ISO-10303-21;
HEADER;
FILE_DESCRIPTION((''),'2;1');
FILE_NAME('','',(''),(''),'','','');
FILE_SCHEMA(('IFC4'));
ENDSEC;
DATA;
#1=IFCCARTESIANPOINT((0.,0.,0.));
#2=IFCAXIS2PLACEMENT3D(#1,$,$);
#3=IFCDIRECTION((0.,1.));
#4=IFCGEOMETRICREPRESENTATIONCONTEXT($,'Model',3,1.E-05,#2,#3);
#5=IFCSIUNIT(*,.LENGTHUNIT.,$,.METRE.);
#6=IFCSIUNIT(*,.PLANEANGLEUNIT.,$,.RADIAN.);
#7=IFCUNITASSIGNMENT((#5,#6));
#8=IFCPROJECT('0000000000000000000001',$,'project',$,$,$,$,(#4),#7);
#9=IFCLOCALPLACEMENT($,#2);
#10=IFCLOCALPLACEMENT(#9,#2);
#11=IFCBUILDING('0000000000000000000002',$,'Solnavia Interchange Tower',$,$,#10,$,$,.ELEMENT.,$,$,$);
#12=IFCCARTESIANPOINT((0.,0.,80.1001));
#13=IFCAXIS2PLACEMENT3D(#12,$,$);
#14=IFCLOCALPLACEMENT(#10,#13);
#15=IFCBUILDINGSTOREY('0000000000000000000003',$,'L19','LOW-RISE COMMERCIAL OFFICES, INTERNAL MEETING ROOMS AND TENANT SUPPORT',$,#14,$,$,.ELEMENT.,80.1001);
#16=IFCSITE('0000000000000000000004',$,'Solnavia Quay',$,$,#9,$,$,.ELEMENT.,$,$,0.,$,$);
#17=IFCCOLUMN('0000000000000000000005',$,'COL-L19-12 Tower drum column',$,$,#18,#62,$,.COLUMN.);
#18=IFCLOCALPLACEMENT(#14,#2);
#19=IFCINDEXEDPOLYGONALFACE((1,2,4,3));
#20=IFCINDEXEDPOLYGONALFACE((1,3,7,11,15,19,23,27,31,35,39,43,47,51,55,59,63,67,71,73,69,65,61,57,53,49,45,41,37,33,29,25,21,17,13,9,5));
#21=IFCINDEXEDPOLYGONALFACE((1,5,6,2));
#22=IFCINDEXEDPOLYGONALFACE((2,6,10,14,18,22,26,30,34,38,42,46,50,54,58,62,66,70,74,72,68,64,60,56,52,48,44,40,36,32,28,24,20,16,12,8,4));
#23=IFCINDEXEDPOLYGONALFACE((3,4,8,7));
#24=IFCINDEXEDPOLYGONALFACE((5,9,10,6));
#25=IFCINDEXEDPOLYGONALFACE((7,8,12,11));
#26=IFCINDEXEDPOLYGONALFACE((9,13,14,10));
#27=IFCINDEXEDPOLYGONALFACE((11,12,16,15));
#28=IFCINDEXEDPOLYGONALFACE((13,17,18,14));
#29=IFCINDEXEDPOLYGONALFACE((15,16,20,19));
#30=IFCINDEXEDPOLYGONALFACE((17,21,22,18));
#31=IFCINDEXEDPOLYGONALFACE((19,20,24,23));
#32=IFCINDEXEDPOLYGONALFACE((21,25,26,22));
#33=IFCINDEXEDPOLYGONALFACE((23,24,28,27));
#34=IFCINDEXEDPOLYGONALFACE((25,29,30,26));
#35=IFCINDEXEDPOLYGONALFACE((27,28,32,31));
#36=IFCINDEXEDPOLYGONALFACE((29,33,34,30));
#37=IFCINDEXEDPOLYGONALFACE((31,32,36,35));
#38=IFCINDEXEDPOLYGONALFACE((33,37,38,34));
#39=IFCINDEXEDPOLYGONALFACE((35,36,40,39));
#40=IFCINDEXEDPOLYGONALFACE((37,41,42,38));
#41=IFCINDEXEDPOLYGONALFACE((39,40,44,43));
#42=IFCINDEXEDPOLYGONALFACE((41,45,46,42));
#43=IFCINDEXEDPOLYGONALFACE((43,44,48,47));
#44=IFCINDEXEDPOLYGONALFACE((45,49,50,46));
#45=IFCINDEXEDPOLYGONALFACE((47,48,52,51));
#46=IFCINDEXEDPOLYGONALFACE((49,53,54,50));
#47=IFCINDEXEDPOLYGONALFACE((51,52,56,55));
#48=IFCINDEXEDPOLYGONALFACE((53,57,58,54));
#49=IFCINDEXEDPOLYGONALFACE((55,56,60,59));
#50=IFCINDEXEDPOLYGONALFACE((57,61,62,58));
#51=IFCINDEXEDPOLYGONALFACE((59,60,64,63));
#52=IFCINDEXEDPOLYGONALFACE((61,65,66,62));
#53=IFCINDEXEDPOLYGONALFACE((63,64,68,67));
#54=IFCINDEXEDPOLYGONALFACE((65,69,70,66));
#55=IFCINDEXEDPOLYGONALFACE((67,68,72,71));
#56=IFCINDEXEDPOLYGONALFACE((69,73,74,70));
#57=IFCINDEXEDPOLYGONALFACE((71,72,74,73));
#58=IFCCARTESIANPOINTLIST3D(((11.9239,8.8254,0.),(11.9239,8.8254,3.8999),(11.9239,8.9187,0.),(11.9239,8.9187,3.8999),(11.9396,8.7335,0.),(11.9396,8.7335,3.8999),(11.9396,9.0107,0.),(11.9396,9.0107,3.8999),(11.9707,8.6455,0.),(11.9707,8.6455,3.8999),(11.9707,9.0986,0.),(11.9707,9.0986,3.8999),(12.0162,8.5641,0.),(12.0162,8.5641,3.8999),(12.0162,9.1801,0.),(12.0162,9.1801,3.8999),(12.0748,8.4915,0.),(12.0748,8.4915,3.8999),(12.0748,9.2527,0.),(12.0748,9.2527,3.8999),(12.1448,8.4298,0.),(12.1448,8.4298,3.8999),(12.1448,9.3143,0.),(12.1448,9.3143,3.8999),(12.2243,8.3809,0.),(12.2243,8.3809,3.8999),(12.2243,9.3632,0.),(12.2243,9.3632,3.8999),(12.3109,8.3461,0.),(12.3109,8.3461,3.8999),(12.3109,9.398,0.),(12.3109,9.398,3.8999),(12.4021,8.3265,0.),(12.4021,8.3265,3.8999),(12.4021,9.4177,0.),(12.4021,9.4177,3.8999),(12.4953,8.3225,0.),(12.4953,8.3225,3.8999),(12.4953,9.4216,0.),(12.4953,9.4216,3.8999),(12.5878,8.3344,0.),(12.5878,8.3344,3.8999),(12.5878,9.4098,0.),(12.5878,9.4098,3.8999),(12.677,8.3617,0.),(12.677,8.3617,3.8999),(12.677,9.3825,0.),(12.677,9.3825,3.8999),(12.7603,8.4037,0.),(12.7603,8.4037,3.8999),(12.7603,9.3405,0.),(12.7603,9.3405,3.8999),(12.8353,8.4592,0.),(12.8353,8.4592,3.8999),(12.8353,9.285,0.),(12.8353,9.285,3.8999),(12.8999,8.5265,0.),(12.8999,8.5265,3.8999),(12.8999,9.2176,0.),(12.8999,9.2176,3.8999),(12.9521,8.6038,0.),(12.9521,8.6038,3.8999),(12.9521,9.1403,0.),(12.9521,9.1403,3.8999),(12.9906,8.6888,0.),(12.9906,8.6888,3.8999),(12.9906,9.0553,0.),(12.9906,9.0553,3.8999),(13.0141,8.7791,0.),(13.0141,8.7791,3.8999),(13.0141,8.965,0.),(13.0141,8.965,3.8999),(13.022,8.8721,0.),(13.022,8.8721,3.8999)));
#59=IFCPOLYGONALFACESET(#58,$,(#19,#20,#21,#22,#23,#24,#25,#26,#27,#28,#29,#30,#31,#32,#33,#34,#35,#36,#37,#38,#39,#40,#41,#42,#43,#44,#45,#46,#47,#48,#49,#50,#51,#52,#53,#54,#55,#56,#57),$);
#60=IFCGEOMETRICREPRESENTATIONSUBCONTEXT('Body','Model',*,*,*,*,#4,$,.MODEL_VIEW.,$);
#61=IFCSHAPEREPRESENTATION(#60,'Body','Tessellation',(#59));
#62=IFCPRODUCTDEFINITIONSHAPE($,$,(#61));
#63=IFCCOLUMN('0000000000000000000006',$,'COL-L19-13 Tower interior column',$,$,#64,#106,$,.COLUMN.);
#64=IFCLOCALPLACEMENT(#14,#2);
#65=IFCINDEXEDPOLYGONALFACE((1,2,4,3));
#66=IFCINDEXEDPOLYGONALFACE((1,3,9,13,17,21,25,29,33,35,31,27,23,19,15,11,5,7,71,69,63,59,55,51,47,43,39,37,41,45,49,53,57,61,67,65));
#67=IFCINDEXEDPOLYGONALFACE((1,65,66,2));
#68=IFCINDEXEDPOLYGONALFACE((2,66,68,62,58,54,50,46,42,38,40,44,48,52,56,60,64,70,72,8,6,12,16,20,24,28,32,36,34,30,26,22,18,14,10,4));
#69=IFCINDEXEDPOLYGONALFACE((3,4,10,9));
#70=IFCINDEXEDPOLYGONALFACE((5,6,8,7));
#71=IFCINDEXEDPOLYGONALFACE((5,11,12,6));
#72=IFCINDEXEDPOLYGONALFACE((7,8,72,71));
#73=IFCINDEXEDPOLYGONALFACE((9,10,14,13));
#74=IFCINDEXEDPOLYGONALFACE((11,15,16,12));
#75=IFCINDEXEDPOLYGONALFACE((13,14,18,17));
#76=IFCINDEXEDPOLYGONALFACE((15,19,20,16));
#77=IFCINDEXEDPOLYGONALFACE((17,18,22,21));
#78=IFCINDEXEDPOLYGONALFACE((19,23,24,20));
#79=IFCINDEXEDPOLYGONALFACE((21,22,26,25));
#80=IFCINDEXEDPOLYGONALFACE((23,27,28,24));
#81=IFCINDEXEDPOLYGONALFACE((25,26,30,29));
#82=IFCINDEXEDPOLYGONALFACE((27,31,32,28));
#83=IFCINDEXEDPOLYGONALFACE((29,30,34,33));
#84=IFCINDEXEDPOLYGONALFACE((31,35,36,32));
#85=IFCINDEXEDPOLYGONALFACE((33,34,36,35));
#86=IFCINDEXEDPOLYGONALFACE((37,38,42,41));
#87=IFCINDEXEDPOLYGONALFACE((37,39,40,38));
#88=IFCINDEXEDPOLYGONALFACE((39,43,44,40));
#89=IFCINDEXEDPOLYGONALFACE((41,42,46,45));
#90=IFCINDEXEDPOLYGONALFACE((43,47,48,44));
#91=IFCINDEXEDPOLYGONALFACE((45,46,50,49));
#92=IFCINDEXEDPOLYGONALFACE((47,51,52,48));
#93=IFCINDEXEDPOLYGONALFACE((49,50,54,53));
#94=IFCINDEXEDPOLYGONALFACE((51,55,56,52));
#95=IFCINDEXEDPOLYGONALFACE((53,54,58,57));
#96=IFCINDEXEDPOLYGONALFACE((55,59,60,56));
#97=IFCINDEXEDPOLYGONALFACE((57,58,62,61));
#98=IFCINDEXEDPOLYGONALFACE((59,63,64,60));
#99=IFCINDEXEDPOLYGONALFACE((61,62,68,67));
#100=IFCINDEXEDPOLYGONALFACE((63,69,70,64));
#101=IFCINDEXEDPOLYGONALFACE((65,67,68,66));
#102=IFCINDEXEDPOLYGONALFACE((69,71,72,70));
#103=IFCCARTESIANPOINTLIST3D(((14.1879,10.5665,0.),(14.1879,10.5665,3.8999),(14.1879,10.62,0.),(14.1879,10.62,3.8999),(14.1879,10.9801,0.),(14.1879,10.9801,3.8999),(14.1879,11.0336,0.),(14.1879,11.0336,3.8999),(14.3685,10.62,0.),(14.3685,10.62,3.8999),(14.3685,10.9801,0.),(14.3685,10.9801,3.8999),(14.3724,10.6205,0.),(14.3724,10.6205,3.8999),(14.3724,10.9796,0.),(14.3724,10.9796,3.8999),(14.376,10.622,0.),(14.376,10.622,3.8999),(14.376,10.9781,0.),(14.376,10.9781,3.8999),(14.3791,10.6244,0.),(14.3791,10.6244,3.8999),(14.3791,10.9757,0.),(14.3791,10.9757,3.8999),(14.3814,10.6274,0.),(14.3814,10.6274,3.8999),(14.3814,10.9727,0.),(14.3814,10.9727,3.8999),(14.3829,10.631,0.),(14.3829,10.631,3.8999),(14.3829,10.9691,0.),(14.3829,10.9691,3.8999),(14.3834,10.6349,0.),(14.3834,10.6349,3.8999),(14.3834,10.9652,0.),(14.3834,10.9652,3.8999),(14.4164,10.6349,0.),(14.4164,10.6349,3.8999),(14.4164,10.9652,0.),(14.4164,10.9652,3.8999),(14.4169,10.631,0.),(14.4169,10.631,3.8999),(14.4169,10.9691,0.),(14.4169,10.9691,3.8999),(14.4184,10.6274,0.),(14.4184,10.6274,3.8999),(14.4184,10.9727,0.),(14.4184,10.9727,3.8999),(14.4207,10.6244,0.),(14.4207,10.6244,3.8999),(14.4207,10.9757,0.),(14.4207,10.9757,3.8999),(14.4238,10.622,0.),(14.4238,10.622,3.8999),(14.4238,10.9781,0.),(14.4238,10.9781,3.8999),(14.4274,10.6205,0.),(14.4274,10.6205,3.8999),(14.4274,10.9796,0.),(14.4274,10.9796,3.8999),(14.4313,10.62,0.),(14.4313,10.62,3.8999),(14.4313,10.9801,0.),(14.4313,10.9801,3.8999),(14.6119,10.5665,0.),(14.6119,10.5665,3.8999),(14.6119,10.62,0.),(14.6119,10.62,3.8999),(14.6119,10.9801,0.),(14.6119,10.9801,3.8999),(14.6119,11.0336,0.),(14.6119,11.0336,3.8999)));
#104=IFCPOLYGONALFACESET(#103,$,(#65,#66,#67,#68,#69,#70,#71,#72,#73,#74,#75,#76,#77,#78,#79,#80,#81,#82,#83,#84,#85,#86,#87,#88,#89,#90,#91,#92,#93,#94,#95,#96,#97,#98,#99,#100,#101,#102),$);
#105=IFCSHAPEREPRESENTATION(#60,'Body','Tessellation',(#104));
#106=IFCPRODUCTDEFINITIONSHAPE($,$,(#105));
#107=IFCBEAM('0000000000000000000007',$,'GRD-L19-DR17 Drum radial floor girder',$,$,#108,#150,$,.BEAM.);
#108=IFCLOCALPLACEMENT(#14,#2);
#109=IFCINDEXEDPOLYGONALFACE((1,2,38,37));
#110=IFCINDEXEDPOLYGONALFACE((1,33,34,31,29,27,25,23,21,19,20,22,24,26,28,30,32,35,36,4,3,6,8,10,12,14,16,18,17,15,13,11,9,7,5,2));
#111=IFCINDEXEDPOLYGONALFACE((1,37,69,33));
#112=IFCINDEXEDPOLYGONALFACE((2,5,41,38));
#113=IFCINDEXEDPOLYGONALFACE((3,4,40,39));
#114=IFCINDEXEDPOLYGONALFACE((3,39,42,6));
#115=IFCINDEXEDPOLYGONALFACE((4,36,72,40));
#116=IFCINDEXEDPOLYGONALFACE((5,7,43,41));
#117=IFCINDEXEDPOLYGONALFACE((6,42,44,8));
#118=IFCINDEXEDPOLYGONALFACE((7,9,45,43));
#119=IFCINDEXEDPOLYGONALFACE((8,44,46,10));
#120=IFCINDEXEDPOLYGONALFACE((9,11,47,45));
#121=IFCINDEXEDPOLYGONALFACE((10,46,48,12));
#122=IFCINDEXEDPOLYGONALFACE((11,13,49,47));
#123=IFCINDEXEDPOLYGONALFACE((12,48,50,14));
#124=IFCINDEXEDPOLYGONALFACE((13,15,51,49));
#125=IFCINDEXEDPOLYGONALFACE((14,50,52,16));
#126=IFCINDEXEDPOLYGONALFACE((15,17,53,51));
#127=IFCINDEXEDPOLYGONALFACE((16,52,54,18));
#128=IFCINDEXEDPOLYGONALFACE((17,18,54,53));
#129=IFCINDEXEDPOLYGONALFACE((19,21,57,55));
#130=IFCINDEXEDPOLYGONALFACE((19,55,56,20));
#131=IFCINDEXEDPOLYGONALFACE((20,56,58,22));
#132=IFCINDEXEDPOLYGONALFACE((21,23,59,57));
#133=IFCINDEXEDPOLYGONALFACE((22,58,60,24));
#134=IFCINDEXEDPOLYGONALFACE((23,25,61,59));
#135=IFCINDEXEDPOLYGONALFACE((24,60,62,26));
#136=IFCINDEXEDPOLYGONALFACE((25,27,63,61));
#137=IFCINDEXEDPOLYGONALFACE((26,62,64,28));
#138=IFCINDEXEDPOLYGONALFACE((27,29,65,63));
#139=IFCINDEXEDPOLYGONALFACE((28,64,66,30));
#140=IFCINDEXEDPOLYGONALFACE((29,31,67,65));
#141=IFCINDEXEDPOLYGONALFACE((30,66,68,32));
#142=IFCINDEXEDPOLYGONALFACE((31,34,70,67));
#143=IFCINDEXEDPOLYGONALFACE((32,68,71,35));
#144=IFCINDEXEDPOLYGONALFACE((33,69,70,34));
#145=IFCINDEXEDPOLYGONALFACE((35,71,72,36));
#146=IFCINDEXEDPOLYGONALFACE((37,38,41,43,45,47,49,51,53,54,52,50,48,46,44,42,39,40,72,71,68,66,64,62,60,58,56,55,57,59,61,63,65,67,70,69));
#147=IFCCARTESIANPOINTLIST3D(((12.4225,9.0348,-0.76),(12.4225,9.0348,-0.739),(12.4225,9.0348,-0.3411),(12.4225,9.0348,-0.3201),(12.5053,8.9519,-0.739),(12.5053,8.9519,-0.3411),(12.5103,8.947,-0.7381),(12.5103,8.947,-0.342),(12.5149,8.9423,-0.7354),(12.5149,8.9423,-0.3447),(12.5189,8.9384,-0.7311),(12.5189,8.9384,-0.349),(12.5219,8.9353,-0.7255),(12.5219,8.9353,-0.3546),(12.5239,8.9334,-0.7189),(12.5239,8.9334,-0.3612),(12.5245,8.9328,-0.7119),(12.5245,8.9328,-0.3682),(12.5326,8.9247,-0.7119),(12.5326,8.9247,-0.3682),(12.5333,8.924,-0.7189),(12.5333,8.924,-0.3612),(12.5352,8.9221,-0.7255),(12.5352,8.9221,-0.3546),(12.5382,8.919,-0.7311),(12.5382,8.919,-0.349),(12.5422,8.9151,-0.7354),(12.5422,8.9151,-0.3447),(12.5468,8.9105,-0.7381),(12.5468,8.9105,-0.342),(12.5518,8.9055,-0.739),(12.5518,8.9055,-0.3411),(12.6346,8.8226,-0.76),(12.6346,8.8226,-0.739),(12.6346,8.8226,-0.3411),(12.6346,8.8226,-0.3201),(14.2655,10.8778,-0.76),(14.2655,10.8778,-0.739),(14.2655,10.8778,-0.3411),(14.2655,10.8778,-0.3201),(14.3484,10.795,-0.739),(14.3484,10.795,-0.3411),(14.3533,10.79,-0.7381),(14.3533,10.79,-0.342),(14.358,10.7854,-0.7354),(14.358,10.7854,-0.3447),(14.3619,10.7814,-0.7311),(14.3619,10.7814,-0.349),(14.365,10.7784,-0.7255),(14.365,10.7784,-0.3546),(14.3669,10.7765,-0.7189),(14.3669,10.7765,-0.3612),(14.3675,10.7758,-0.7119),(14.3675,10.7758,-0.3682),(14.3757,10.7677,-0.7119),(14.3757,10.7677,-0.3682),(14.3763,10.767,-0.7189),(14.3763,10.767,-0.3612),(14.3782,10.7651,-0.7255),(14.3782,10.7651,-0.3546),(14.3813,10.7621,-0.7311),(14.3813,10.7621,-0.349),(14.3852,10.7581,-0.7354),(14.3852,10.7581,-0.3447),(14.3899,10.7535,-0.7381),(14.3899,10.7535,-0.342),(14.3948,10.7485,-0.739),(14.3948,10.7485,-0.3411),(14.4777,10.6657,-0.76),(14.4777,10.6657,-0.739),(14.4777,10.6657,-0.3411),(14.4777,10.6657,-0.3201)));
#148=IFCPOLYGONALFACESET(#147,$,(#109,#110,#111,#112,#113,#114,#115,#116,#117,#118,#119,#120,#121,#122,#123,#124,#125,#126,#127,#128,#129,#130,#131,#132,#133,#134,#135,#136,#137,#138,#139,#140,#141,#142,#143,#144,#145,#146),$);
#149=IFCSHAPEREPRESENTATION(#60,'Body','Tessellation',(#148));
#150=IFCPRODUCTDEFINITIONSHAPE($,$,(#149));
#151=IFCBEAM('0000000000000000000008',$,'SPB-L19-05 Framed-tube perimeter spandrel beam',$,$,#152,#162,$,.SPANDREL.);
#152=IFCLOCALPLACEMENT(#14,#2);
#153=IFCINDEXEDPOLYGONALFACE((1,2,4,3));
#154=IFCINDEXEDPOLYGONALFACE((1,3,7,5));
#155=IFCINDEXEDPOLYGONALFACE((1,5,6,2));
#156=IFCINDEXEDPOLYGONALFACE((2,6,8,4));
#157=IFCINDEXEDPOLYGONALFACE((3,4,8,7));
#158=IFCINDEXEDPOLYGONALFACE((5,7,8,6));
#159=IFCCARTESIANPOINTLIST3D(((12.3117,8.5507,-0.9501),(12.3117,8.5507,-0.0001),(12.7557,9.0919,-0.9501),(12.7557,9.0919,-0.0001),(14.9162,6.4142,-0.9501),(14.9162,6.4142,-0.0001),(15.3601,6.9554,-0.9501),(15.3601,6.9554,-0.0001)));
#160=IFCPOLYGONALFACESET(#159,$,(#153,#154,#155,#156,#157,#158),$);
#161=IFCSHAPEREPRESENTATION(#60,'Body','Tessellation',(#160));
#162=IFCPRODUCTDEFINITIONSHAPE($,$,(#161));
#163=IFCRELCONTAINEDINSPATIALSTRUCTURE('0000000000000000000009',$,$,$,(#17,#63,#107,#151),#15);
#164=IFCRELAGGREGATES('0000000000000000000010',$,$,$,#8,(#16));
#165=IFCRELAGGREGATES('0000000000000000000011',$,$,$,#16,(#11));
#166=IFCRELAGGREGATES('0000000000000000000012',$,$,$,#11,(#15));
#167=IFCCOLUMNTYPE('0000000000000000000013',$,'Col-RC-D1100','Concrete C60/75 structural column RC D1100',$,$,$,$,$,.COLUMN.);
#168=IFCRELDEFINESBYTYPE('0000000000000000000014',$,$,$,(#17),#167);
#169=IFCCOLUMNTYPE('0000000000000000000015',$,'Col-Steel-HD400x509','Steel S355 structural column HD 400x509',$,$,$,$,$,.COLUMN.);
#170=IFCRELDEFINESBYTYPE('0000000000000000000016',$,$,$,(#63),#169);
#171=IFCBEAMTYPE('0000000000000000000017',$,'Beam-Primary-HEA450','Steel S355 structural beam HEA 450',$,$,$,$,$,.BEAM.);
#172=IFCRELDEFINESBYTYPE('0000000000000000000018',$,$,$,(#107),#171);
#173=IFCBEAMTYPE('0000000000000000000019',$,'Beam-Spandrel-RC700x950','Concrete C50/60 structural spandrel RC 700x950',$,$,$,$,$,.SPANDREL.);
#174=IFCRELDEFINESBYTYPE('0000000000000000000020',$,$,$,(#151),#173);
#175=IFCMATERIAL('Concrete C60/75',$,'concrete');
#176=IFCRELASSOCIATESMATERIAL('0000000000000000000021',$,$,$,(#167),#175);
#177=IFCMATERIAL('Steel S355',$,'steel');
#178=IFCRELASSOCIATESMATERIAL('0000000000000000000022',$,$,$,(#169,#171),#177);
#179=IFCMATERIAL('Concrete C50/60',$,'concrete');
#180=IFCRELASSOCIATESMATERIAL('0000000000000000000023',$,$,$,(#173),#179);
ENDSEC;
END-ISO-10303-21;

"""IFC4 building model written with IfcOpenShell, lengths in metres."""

from ifc_helpers import new_model, si_unit, direction, frame, origin, origin_2d, place, context, subcontext, project, spatial, rectangle, circle, i_section, extrude, material, material_profile, profile_set, type_object, element, save


model = new_model("IFC4")

# Units and contexts
model_context = context("Model", 3, precision=1e-05, world=origin(), true_north=direction((0.0, 1.0)))
body_context = subcontext(model_context, "Body", "Model", "MODEL_VIEW")
ifc_project = project(units=[si_unit("LENGTHUNIT", "METRE"), si_unit("PLANEANGLEUNIT", "RADIAN")], contexts=[model_context])

# Site, building, storey
site_placement = place(None, origin())
site = spatial("IfcSite", under=ifc_project, at=site_placement, Name="Solnavia Quay", CompositionType="ELEMENT", RefElevation=0.0)
building_placement = place(site_placement, origin())
building = spatial("IfcBuilding", under=site, at=building_placement, Name="Solnavia Interchange Tower", CompositionType="ELEMENT")
storey_placement = place(building_placement, frame((0.0, 0.0, 80.1001)))
storey = spatial("IfcBuildingStorey", under=building, at=storey_placement, Name="L19", Description="LOW-RISE COMMERCIAL OFFICES, INTERNAL MEETING ROOMS AND TENANT SUPPORT", CompositionType="ELEMENT", Elevation=80.1001)

# Columns
ifc_material_1 = material(Name="Concrete C60/75", Category="concrete")
ifc_material_profile_1 = material_profile(ifc_material_1, circle(Radius=0.55, at=origin_2d()), Name="RC D1100")
ifc_profile_set_1 = profile_set([ifc_material_profile_1], Name="Concrete C60/75")
column_type_1 = type_object("IfcColumnType", Name="Col-RC-D1100", Description="Concrete C60/75 structural column RC D1100", PredefinedType="COLUMN", material=ifc_profile_set_1)
column_1_placement = place(storey_placement, frame((12.4719, 8.8721, 0.0), z_axis=(0.0, 0.0, 1.0), x_axis=(1.0, 0.0, 0.0)))
element("IfcColumn", 1, at=column_1_placement, inside=storey, type_object=column_type_1, Name="COL-L19-12 Tower drum column", PredefinedType="COLUMN", context=body_context, shape_type="SweptSolid", body=[
    extrude(circle(Radius=0.55, at=origin_2d()), origin(), (0.0, 0.0, 1.0), 3.8999),
])
ifc_material_2 = material(Name="Steel S355", Category="steel")
ifc_material_profile_2 = material_profile(ifc_material_2, i_section(OverallWidth=0.4241, OverallDepth=0.467, WebThickness=0.033, FlangeThickness=0.0535, FilletRadius=0.0149, at=origin_2d()), Name="HD 400x509")
ifc_profile_set_2 = profile_set([ifc_material_profile_2], Name="Steel S355")
column_type_2 = type_object("IfcColumnType", Name="Col-Steel-HD400x509", Description="Steel S355 structural column HD 400x509", PredefinedType="COLUMN", material=ifc_profile_set_2)
column_2_placement = place(storey_placement, frame((14.3999, 10.8, 0.0), z_axis=(0.0, 0.0, 1.0), x_axis=(1.0, 0.0, 0.0)))
element("IfcColumn", 2, at=column_2_placement, inside=storey, type_object=column_type_2, Name="COL-L19-13 Tower interior column", PredefinedType="COLUMN", context=body_context, shape_type="SweptSolid", body=[
    extrude(i_section(OverallWidth=0.4241, OverallDepth=0.467, WebThickness=0.033, FlangeThickness=0.0535, FilletRadius=0.0149, at=origin_2d()), origin(), (0.0, 0.0, 1.0), 3.8999),
])

# Beams
ifc_material_profile_3 = material_profile(ifc_material_2, i_section(OverallWidth=0.3, OverallDepth=0.4399, WebThickness=0.0115, FlangeThickness=0.021, FilletRadius=0.0271, at=origin_2d()), Name="HEA 450")
ifc_profile_set_3 = profile_set([ifc_material_profile_3], Name="Steel S355")
beam_type_1 = type_object("IfcBeamType", Name="Beam-Primary-HEA450", Description="Steel S355 structural beam HEA 450", PredefinedType="BEAM", material=ifc_profile_set_3)
beam_1_placement = place(storey_placement, frame((12.5286, 8.9287, -0.54), z_axis=(0.707107, 0.707107, 0.0), x_axis=(-0.707107, 0.707107, 0.0)))
element("IfcBeam", 3, at=beam_1_placement, inside=storey, type_object=beam_type_1, Name="GRD-L19-DR17 Drum radial floor girder", PredefinedType="BEAM", context=body_context, shape_type="SweptSolid", body=[
    extrude(i_section(OverallWidth=0.3, OverallDepth=0.4399, WebThickness=0.0115, FlangeThickness=0.021, FilletRadius=0.0271, at=origin_2d()), origin(), (0.0, 0.0, 1.0), 2.6064),
])
ifc_material_3 = material(Name="Concrete C50/60", Category="concrete")
ifc_material_profile_4 = material_profile(ifc_material_3, rectangle(XDim=0.7, YDim=0.95, at=origin_2d()), Name="RC 700x950")
ifc_profile_set_4 = profile_set([ifc_material_profile_4], Name="Concrete C50/60")
beam_type_2 = type_object("IfcBeamType", Name="Beam-Spandrel-RC700x950", Description="Concrete C50/60 structural spandrel RC 700x950", PredefinedType="SPANDREL", material=ifc_profile_set_4)
beam_2_placement = place(storey_placement, frame((12.5337, 8.8213, -0.4751), z_axis=(0.773153, -0.63422, 0.0), x_axis=(0.63422, 0.773153, 0.0)))
element("IfcBeam", 4, at=beam_2_placement, inside=storey, type_object=beam_type_2, Name="SPB-L19-05 Framed-tube perimeter spandrel beam", PredefinedType="SPANDREL", context=body_context, shape_type="SweptSolid", body=[
    extrude(rectangle(XDim=0.7, YDim=0.95, at=origin_2d()), origin(), (0.0, 0.0, 1.0), 3.3687),
])

save(model, "model.ifc")
